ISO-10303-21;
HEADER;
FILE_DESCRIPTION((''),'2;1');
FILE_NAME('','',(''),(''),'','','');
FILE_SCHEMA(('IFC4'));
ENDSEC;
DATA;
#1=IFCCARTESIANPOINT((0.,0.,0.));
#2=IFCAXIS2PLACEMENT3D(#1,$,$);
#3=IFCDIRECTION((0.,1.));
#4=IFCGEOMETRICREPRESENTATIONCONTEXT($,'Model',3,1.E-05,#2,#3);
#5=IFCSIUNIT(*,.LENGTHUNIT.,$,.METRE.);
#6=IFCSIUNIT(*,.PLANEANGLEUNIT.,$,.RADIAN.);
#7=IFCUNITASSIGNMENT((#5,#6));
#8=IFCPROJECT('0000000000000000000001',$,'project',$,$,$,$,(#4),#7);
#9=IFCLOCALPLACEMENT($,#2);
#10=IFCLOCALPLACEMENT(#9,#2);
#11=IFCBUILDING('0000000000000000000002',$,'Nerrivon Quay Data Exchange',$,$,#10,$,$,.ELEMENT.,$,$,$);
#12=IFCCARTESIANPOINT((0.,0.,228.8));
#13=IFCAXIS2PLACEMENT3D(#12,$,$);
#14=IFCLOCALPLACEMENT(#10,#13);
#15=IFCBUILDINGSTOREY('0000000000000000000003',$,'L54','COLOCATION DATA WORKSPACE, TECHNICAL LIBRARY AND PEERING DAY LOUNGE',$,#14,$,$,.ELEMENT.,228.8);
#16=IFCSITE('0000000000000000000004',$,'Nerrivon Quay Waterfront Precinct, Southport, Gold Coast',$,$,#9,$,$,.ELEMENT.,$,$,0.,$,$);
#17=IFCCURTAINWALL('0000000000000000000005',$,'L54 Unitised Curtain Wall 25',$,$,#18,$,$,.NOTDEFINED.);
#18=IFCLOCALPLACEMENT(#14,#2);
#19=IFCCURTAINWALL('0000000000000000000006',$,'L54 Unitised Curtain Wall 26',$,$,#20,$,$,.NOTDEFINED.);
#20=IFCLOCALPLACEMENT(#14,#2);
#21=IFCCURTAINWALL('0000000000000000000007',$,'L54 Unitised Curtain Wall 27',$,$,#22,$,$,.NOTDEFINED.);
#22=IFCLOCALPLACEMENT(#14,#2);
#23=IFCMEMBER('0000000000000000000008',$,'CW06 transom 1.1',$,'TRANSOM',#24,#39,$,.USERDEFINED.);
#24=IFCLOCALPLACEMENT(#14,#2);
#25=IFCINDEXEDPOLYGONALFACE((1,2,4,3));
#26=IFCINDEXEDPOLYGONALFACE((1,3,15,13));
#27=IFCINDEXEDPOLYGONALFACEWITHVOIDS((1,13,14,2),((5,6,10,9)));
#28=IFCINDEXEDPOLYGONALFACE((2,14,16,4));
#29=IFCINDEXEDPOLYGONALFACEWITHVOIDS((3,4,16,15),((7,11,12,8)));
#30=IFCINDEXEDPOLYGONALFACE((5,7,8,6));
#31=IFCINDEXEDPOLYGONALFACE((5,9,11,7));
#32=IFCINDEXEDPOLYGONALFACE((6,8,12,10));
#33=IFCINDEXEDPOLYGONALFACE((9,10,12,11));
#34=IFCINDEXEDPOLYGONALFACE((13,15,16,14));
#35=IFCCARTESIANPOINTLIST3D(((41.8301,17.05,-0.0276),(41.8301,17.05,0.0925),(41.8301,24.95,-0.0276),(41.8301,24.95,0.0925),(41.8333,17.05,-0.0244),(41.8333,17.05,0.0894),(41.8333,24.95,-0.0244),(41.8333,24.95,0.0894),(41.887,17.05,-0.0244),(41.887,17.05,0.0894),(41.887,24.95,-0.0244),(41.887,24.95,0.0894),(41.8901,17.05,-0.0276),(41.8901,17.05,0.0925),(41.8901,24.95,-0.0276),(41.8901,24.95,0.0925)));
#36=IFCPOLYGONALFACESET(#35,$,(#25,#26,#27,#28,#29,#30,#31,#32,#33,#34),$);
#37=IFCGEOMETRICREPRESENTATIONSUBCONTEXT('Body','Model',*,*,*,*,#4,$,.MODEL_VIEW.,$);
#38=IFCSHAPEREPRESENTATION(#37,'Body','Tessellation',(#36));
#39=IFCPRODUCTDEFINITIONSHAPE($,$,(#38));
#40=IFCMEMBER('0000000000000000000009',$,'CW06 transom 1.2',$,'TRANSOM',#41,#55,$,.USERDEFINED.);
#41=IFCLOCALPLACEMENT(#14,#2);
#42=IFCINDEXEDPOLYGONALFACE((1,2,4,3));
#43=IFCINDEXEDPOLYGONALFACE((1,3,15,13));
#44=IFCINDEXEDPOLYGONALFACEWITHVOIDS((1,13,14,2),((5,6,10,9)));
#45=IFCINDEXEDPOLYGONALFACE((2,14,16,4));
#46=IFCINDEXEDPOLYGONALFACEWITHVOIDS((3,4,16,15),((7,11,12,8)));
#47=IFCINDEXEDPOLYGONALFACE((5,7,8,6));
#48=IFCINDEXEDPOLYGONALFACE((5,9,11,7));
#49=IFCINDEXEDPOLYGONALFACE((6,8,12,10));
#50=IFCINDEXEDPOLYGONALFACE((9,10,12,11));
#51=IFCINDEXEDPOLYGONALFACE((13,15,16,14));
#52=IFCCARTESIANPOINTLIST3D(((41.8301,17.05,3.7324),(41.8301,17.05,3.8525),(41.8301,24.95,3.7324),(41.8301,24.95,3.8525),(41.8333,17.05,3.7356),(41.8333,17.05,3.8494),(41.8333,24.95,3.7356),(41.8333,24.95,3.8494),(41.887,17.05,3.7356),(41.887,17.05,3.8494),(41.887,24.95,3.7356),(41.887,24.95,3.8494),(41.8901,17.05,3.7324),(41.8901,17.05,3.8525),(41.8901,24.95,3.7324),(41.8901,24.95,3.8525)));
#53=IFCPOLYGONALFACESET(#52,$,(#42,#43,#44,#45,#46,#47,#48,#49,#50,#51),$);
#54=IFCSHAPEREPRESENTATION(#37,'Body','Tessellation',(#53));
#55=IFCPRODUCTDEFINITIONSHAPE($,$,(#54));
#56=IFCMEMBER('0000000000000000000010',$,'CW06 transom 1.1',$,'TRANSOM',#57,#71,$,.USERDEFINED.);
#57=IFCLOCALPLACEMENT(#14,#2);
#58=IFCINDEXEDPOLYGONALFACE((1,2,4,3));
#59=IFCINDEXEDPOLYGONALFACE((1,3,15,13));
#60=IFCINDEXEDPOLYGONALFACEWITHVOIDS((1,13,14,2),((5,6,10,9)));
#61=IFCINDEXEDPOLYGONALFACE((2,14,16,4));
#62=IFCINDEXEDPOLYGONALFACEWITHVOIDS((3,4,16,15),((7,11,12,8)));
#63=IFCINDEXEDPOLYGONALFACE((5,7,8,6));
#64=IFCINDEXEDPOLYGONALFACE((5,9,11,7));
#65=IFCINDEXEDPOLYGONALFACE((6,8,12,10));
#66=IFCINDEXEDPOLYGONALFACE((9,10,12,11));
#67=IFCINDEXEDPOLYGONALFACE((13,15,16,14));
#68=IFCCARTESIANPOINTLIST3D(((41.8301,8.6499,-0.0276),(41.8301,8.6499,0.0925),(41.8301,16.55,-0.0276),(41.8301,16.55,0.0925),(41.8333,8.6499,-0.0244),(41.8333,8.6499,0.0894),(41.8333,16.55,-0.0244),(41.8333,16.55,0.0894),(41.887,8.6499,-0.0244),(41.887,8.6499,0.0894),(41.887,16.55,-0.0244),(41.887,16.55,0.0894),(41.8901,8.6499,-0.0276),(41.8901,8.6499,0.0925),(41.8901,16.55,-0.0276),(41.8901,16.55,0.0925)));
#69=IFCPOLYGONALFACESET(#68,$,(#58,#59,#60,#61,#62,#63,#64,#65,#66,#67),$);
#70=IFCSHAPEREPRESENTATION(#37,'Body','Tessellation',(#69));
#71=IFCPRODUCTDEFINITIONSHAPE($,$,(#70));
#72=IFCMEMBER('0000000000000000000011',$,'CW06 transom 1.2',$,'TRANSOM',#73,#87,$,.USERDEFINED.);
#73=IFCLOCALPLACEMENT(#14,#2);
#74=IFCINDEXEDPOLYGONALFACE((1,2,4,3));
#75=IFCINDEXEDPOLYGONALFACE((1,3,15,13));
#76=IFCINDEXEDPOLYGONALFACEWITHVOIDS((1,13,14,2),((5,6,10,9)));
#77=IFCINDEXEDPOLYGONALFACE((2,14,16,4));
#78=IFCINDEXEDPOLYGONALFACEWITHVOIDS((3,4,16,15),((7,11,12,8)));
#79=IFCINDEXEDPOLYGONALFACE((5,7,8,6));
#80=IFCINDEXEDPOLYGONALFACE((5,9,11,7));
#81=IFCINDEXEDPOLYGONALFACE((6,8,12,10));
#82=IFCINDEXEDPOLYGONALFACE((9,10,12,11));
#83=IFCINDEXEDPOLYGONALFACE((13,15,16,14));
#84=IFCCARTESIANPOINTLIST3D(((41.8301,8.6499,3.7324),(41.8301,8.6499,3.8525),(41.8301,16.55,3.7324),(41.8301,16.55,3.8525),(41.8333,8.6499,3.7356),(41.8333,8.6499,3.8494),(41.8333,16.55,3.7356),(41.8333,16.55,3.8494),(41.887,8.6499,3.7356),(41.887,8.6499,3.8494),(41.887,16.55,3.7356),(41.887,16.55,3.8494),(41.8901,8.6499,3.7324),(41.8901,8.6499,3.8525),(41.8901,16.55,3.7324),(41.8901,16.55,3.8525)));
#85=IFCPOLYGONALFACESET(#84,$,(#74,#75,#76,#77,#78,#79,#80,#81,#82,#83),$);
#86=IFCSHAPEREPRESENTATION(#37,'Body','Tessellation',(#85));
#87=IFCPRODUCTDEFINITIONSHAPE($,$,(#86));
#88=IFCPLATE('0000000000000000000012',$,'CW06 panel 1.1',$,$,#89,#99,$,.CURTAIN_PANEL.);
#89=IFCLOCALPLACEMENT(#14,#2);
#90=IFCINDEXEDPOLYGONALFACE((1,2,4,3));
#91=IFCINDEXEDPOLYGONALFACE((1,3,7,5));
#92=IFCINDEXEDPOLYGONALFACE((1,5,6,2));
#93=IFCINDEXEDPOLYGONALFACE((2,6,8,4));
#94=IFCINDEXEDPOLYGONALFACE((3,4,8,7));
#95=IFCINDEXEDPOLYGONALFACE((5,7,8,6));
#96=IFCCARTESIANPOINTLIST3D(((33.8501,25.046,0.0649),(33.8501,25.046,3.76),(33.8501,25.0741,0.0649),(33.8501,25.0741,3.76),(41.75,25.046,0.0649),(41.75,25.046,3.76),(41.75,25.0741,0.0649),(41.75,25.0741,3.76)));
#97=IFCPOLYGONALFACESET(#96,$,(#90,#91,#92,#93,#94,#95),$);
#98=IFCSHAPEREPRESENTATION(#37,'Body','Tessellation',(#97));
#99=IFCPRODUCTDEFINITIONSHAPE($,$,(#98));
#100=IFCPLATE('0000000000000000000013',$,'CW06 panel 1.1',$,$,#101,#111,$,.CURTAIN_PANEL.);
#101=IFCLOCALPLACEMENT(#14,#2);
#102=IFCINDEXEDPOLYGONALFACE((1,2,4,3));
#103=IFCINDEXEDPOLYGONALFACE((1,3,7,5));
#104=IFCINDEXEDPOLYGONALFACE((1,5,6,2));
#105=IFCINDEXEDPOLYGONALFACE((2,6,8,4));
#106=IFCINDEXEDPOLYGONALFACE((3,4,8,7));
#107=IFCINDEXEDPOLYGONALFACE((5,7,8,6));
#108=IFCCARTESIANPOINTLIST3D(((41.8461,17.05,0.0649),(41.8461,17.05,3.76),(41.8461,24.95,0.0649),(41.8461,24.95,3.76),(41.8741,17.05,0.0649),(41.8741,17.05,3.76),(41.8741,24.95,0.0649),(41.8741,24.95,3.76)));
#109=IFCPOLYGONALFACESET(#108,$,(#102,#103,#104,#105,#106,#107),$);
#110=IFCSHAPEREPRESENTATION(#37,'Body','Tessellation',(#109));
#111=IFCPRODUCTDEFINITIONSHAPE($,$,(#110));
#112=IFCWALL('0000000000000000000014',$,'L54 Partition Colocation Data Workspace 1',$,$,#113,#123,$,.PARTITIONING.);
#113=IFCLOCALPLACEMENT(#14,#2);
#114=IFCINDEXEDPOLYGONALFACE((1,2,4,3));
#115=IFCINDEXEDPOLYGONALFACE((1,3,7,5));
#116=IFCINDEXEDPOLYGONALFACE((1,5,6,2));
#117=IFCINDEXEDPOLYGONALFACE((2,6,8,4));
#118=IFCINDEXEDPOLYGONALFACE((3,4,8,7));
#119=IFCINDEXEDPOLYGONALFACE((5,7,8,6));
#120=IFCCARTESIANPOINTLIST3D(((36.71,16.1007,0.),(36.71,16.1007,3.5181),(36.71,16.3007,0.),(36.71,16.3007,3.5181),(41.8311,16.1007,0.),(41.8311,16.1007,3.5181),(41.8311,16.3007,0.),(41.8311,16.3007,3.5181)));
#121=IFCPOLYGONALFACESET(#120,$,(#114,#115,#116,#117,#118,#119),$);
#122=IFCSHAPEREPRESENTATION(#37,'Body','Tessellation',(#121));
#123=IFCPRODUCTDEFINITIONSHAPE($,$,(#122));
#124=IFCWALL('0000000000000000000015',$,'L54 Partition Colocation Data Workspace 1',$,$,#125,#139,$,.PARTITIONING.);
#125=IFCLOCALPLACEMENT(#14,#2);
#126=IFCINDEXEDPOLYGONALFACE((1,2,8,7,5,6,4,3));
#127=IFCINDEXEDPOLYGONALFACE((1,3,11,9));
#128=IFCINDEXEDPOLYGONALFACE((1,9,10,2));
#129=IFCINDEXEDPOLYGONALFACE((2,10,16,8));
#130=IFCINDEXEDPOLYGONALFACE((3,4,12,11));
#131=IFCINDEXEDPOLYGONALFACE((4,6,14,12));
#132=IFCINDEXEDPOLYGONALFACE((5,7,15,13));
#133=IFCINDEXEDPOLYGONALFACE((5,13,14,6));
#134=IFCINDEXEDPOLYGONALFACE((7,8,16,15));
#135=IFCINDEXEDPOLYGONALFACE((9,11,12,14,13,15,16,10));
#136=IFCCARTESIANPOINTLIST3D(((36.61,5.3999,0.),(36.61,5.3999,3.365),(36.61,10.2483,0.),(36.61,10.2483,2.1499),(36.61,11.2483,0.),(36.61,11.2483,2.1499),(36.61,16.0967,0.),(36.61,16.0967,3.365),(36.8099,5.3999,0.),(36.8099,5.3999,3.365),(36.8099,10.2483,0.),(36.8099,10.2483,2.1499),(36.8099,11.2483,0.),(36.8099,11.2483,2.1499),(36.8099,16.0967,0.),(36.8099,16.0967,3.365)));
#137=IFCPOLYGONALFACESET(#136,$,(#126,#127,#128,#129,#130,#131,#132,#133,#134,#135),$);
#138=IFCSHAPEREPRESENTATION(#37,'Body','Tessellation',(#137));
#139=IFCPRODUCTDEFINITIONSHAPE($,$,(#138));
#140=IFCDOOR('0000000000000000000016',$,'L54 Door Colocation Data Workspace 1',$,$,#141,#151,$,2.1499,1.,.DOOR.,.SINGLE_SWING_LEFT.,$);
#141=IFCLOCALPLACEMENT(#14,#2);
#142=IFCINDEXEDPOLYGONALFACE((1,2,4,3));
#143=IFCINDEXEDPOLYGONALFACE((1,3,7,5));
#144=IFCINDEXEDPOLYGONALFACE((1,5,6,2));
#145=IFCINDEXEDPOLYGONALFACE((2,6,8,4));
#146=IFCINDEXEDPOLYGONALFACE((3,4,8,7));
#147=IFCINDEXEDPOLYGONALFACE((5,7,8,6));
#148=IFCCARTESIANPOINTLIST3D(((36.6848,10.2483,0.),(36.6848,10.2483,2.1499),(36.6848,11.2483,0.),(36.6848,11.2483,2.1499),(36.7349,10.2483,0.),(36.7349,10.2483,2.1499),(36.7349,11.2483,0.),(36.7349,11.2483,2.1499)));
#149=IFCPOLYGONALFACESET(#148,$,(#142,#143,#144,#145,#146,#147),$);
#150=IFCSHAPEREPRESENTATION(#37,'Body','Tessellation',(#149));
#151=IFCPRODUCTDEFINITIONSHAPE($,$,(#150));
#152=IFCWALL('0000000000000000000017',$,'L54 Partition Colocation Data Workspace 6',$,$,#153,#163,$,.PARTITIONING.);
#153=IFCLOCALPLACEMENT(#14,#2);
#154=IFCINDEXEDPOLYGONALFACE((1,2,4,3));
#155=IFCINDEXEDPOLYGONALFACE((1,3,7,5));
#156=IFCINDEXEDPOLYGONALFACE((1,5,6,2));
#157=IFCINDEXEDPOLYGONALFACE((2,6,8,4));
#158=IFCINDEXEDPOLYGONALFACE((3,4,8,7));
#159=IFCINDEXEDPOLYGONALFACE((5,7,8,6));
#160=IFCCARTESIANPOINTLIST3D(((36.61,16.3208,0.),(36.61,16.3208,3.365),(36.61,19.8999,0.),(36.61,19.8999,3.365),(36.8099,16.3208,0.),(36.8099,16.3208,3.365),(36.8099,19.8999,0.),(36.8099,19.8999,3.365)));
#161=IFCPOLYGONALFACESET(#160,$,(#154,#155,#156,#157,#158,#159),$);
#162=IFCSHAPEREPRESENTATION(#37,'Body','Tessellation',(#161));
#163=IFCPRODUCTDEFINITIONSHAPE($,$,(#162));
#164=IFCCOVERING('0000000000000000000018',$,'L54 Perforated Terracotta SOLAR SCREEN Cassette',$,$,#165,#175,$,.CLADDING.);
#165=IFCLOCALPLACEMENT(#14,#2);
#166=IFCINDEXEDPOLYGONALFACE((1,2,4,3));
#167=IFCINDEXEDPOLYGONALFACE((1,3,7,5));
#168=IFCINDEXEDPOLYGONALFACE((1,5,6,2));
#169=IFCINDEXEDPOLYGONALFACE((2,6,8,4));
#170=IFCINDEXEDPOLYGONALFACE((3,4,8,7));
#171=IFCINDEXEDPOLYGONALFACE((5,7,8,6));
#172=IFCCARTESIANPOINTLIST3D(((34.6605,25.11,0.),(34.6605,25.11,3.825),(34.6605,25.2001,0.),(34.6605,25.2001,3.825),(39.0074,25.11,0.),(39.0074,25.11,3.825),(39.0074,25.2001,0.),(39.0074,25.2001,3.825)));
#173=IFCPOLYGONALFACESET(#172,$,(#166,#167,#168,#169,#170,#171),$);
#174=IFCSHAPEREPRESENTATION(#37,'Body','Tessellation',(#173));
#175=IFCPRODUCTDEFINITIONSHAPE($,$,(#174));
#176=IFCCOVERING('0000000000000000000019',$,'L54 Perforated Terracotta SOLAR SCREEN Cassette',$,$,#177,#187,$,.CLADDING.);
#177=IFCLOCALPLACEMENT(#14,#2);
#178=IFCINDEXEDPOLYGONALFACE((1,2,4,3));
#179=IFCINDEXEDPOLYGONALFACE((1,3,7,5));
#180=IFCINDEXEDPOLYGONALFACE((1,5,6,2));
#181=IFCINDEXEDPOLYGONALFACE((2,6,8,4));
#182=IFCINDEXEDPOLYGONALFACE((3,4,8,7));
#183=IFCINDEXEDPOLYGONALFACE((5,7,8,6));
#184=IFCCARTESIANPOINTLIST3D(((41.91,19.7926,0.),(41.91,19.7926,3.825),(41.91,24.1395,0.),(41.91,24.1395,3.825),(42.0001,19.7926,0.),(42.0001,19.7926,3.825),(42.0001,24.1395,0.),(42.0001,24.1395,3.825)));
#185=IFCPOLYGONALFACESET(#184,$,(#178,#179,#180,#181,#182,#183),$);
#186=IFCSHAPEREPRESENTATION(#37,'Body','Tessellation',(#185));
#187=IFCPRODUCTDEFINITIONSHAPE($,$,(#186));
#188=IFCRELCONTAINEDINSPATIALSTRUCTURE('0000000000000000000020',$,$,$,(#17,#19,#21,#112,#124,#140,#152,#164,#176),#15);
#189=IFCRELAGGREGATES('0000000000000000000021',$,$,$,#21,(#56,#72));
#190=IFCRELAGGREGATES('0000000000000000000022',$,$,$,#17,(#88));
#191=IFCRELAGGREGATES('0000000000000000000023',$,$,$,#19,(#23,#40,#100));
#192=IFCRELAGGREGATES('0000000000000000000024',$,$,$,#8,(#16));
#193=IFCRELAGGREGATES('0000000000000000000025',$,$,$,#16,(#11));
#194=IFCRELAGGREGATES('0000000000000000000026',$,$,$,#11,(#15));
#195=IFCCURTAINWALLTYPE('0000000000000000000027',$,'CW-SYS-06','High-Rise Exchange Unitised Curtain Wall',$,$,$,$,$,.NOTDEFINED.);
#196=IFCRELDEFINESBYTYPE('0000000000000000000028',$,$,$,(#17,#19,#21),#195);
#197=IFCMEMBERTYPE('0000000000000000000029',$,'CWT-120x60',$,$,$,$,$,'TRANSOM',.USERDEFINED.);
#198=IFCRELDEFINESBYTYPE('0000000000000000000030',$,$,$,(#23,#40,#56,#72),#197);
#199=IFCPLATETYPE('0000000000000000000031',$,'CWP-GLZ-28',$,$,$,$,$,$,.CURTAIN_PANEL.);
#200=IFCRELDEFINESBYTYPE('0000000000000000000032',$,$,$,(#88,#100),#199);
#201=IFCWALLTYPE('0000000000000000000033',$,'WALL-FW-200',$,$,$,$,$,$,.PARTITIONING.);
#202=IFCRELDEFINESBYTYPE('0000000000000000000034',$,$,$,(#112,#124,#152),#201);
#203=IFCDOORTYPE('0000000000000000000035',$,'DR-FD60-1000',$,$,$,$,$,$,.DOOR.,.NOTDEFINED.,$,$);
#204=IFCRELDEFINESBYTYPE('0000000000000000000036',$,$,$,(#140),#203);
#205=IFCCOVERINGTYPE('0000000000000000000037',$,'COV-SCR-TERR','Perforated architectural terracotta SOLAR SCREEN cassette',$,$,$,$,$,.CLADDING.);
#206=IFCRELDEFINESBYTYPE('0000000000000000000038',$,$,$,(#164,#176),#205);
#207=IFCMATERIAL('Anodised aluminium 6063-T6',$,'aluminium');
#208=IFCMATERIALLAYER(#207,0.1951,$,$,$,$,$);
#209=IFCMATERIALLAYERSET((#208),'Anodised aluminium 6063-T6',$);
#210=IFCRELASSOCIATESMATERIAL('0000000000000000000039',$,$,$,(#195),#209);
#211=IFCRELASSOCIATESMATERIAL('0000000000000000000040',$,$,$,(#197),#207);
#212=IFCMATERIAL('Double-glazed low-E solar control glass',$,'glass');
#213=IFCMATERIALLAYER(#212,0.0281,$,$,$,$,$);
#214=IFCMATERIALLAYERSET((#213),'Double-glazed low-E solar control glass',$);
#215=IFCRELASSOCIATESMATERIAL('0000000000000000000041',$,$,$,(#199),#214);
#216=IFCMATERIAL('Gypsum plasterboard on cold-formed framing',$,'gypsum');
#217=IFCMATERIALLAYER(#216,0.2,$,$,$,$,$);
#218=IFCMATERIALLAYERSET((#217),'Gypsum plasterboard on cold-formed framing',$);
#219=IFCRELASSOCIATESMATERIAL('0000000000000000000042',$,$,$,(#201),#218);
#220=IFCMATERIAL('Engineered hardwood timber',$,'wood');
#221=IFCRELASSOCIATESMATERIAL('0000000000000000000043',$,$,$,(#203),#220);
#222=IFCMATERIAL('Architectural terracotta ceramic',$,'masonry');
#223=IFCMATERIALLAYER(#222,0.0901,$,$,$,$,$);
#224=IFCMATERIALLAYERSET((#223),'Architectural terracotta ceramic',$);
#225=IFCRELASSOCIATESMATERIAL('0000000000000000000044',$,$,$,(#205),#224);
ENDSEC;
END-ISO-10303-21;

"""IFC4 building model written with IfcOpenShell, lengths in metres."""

from ifc_helpers import new_model, si_unit, direction, frame, frame_2d, origin, origin_2d, place, context, subcontext, project, spatial, rectangle, hollow_rectangle, extrude, material, layer, layer_set, material_profile, profile_set, type_object, element, fill, aggregate, save


model = new_model("IFC4")

# Units and contexts
model_context = context("Model", 3, precision=1e-05, world=origin(), true_north=direction((0.0, 1.0)))
body_context = subcontext(model_context, "Body", "Model", "MODEL_VIEW")
ifc_project = project(units=[si_unit("LENGTHUNIT", "METRE"), si_unit("PLANEANGLEUNIT", "RADIAN")], contexts=[model_context])

# Site, building, storey
site_placement = place(None, origin())
site = spatial("IfcSite", under=ifc_project, at=site_placement, Name="Nerrivon Quay Waterfront Precinct, Southport, Gold Coast", CompositionType="ELEMENT", RefElevation=0.0)
building_placement = place(site_placement, origin())
building = spatial("IfcBuilding", under=site, at=building_placement, Name="Nerrivon Quay Data Exchange", CompositionType="ELEMENT")
storey_placement = place(building_placement, frame((0.0, 0.0, 228.8)))
storey = spatial("IfcBuildingStorey", under=building, at=storey_placement, Name="L54", Description="COLOCATION DATA WORKSPACE, TECHNICAL LIBRARY AND PEERING DAY LOUNGE", CompositionType="ELEMENT", Elevation=228.8)

# Curtain walls
ifc_material_1 = material(Name="Anodised aluminium 6063-T6", Category="aluminium")
ifc_layer_1 = layer(ifc_material_1, 0.1951)
ifc_layer_set_1 = layer_set([ifc_layer_1], Name="Anodised aluminium 6063-T6")
curtain_wall_type = type_object("IfcCurtainWallType", Name="CW-SYS-06", Description="High-Rise Exchange Unitised Curtain Wall", PredefinedType="NOTDEFINED", material=ifc_layer_set_1)
curtain_wall_1_placement = place(storey_placement, origin())
curtain_wall_1 = element("IfcCurtainWall", 1, at=curtain_wall_1_placement, inside=storey, type_object=curtain_wall_type, Name="L54 Unitised Curtain Wall 25", PredefinedType="NOTDEFINED")
curtain_wall_2_placement = place(storey_placement, origin())
curtain_wall_2 = element("IfcCurtainWall", 2, at=curtain_wall_2_placement, inside=storey, type_object=curtain_wall_type, Name="L54 Unitised Curtain Wall 26", PredefinedType="NOTDEFINED")

# Curtain wall
curtain_wall_3_placement = place(storey_placement, origin())
curtain_wall_3 = element("IfcCurtainWall", 3, at=curtain_wall_3_placement, inside=storey, type_object=curtain_wall_type, Name="L54 Unitised Curtain Wall 27", PredefinedType="NOTDEFINED")

# Members
ifc_material_profile_1 = material_profile(ifc_material_1, hollow_rectangle(XDim=0.0601, YDim=0.1201, WallThickness=0.0032, at=origin_2d()), Name="ALU-TRAN-120x60")
ifc_profile_set_1 = profile_set([ifc_material_profile_1], Name="Anodised aluminium 6063-T6")
member_type_1 = type_object("IfcMemberType", Name="CWT-120x60", ElementType="TRANSOM", PredefinedType="USERDEFINED", material=ifc_profile_set_1)
member_1_placement = place(storey_placement, frame((41.8601, 24.95, 0.0325), z_axis=(0.0, -1.0, 0.0), x_axis=(1.0, 0.0, 0.0)))
member_1 = element("IfcMember", 4, at=member_1_placement, type_object=member_type_1, Name="CW06 transom 1.1", ObjectType="TRANSOM", PredefinedType="USERDEFINED", context=body_context, shape_type="SweptSolid", body=[
    extrude(hollow_rectangle(XDim=0.0601, YDim=0.1201, WallThickness=0.0032, at=origin_2d()), origin(), (0.0, 0.0, 1.0), 7.8999),
])
member_2_placement = place(storey_placement, frame((41.8601, 24.95, 3.7925), z_axis=(0.0, -1.0, 0.0), x_axis=(1.0, 0.0, 0.0)))
member_2 = element("IfcMember", 5, at=member_2_placement, type_object=member_type_1, Name="CW06 transom 1.2", ObjectType="TRANSOM", PredefinedType="USERDEFINED", context=body_context, shape_type="SweptSolid", body=[
    extrude(hollow_rectangle(XDim=0.0601, YDim=0.1201, WallThickness=0.0032, at=origin_2d()), origin(), (0.0, 0.0, 1.0), 7.8999),
])
member_3_placement = place(storey_placement, frame((41.8601, 16.55, 0.0325), z_axis=(0.0, -1.0, 0.0), x_axis=(1.0, 0.0, 0.0)))
member_3 = element("IfcMember", 6, at=member_3_placement, type_object=member_type_1, Name="CW06 transom 1.1", ObjectType="TRANSOM", PredefinedType="USERDEFINED", context=body_context, shape_type="SweptSolid", body=[
    extrude(hollow_rectangle(XDim=0.0601, YDim=0.1201, WallThickness=0.0032, at=origin_2d()), origin(), (0.0, 0.0, 1.0), 7.9001),
])
member_4_placement = place(storey_placement, frame((41.8601, 16.55, 3.7925), z_axis=(0.0, -1.0, 0.0), x_axis=(1.0, 0.0, 0.0)))
member_4 = element("IfcMember", 7, at=member_4_placement, type_object=member_type_1, Name="CW06 transom 1.2", ObjectType="TRANSOM", PredefinedType="USERDEFINED", context=body_context, shape_type="SweptSolid", body=[
    extrude(hollow_rectangle(XDim=0.0601, YDim=0.1201, WallThickness=0.0032, at=origin_2d()), origin(), (0.0, 0.0, 1.0), 7.9001),
])
aggregate(curtain_wall_3, [member_3, member_4])

# Plates
ifc_material_2 = material(Name="Double-glazed low-E solar control glass", Category="glass")
ifc_layer_2 = layer(ifc_material_2, 0.0281)
ifc_layer_set_2 = layer_set([ifc_layer_2], Name="Double-glazed low-E solar control glass")
plate_type = type_object("IfcPlateType", Name="CWP-GLZ-28", PredefinedType="CURTAIN_PANEL", material=ifc_layer_set_2)
plate_1_placement = place(storey_placement, frame((37.8, 25.0601, 0.0649), z_axis=(0.0, 0.0, 1.0), x_axis=(1.0, 0.0, 0.0)))
plate_1 = element("IfcPlate", 8, at=plate_1_placement, type_object=plate_type, Name="CW06 panel 1.1", PredefinedType="CURTAIN_PANEL", context=body_context, shape_type="SweptSolid", body=[
    extrude(rectangle(XDim=7.8999, YDim=0.0281, at=origin_2d()), origin(), (0.0, 0.0, 1.0), 3.6951),
])
aggregate(curtain_wall_1, [plate_1])
plate_2_placement = place(storey_placement, frame((41.8601, 21.0, 0.0649), z_axis=(0.0, 0.0, 1.0), x_axis=(0.0, -1.0, 0.0)))
plate_2 = element("IfcPlate", 9, at=plate_2_placement, type_object=plate_type, Name="CW06 panel 1.1", PredefinedType="CURTAIN_PANEL", context=body_context, shape_type="SweptSolid", body=[
    extrude(rectangle(XDim=7.8999, YDim=0.0281, at=origin_2d()), origin(), (0.0, 0.0, 1.0), 3.6951),
])
aggregate(curtain_wall_2, [member_1, member_2, plate_2])

# Wall
ifc_material_3 = material(Name="Gypsum plasterboard on cold-formed framing", Category="gypsum")
ifc_layer_3 = layer(ifc_material_3, 0.2)
ifc_layer_set_3 = layer_set([ifc_layer_3], Name="Gypsum plasterboard on cold-formed framing")
wall_type = type_object("IfcWallType", Name="WALL-FW-200", PredefinedType="PARTITIONING", material=ifc_layer_set_3)
wall_1_placement = place(storey_placement, frame((41.8311, 16.2007, 0.0), z_axis=(0.0, 0.0, 1.0), x_axis=(-1.0, 0.0, 0.0)))
element("IfcWall", 10, at=wall_1_placement, inside=storey, type_object=wall_type, Name="L54 Partition Colocation Data Workspace 1", PredefinedType="PARTITIONING", context=body_context, shape_type="SweptSolid", body=[
    extrude(rectangle(XDim=5.1211, YDim=0.2, at=frame_2d((2.5605, 0.0))), origin(), (0.0, 0.0, 1.0), 3.5181),
])

# Wall, opening, door
wall_2_placement = place(storey_placement, frame((36.71, 16.0967, 0.0), z_axis=(0.0, 0.0, 1.0), x_axis=(0.0, -1.0, 0.0)))
wall_2 = element("IfcWall", 11, at=wall_2_placement, inside=storey, type_object=wall_type, Name="L54 Partition Colocation Data Workspace 1", PredefinedType="PARTITIONING", context=body_context, shape_type="SweptSolid", body=[
    extrude(rectangle(XDim=10.6968, YDim=0.2, at=frame_2d((5.3484, 0.0))), origin(), (0.0, 0.0, 1.0), 3.365),
])
opening_placement = place(wall_2_placement, frame((4.8484, 0.0, 0.0)))
opening = element("IfcOpeningElement", 12, at=opening_placement, cuts=wall_2, PredefinedType="OPENING", context=body_context, shape_type="SweptSolid", body=[
    extrude(rectangle(XDim=1.0, YDim=2.1499, at=frame_2d((0.5, 1.075))), frame((0.0, 0.1099, 0.0), z_axis=(0.0, -1.0, 0.0), x_axis=(1.0, 0.0, 0.0)), (0.0, 0.0, 1.0), 0.22),
])
ifc_material_4 = material(Name="Engineered hardwood timber", Category="wood")
door_type = type_object("IfcDoorType", Name="DR-FD60-1000", OperationType="NOTDEFINED", PredefinedType="DOOR", material=ifc_material_4)
door_placement = place(opening_placement, origin())
door = element("IfcDoor", 13, at=door_placement, inside=storey, type_object=door_type, Name="L54 Door Colocation Data Workspace 1", OperationType="SINGLE_SWING_LEFT", OverallHeight=2.1499, OverallWidth=1.0, PredefinedType="DOOR", context=body_context, shape_type="SweptSolid", body=[
    extrude(rectangle(XDim=1.0, YDim=2.1499, at=frame_2d((0.5, 1.075))), frame((0.0, 0.0249, 0.0), z_axis=(0.0, -1.0, 0.0), x_axis=(1.0, 0.0, 0.0)), (0.0, 0.0, 1.0), 0.05),
])
fill(opening, door)

# Wall
wall_3_placement = place(storey_placement, frame((36.71, 19.8999, 0.0), z_axis=(0.0, 0.0, 1.0), x_axis=(0.0, -1.0, 0.0)))
element("IfcWall", 14, at=wall_3_placement, inside=storey, type_object=wall_type, Name="L54 Partition Colocation Data Workspace 6", PredefinedType="PARTITIONING", context=body_context, shape_type="SweptSolid", body=[
    extrude(rectangle(XDim=3.5791, YDim=0.2, at=frame_2d((1.7896, 0.0))), origin(), (0.0, 0.0, 1.0), 3.365),
])

# Coverings
ifc_material_5 = material(Name="Architectural terracotta ceramic", Category="masonry")
ifc_layer_4 = layer(ifc_material_5, 0.0901)
ifc_layer_set_4 = layer_set([ifc_layer_4], Name="Architectural terracotta ceramic")
covering_type = type_object("IfcCoveringType", Name="COV-SCR-TERR", Description="Perforated architectural terracotta SOLAR SCREEN cassette", PredefinedType="CLADDING", material=ifc_layer_set_4)
for number, where, z_axis, x_axis, name in (
    (15, (36.834, 25.155, 0.0), (0.0, 0.0, 1.0), (1.0, 0.0, 0.0), "L54 Perforated Terracotta SOLAR SCREEN Cassette"),
    (16, (41.9551, 21.9661, 0.0), (0.0, 0.0, 1.0), (0.0, -1.0, 0.0), "L54 Perforated Terracotta SOLAR SCREEN Cassette"),
):
    element("IfcCovering", number, at=place(storey_placement, frame(where, z_axis=z_axis, x_axis=x_axis)), inside=storey, type_object=covering_type, Name=name, PredefinedType="CLADDING", context=body_context, shape_type="SweptSolid", body=[
        extrude(rectangle(XDim=4.3469, YDim=0.0901, at=origin_2d()), origin(), (0.0, 0.0, 1.0), 3.825),
    ])

save(model, "model.ifc")
